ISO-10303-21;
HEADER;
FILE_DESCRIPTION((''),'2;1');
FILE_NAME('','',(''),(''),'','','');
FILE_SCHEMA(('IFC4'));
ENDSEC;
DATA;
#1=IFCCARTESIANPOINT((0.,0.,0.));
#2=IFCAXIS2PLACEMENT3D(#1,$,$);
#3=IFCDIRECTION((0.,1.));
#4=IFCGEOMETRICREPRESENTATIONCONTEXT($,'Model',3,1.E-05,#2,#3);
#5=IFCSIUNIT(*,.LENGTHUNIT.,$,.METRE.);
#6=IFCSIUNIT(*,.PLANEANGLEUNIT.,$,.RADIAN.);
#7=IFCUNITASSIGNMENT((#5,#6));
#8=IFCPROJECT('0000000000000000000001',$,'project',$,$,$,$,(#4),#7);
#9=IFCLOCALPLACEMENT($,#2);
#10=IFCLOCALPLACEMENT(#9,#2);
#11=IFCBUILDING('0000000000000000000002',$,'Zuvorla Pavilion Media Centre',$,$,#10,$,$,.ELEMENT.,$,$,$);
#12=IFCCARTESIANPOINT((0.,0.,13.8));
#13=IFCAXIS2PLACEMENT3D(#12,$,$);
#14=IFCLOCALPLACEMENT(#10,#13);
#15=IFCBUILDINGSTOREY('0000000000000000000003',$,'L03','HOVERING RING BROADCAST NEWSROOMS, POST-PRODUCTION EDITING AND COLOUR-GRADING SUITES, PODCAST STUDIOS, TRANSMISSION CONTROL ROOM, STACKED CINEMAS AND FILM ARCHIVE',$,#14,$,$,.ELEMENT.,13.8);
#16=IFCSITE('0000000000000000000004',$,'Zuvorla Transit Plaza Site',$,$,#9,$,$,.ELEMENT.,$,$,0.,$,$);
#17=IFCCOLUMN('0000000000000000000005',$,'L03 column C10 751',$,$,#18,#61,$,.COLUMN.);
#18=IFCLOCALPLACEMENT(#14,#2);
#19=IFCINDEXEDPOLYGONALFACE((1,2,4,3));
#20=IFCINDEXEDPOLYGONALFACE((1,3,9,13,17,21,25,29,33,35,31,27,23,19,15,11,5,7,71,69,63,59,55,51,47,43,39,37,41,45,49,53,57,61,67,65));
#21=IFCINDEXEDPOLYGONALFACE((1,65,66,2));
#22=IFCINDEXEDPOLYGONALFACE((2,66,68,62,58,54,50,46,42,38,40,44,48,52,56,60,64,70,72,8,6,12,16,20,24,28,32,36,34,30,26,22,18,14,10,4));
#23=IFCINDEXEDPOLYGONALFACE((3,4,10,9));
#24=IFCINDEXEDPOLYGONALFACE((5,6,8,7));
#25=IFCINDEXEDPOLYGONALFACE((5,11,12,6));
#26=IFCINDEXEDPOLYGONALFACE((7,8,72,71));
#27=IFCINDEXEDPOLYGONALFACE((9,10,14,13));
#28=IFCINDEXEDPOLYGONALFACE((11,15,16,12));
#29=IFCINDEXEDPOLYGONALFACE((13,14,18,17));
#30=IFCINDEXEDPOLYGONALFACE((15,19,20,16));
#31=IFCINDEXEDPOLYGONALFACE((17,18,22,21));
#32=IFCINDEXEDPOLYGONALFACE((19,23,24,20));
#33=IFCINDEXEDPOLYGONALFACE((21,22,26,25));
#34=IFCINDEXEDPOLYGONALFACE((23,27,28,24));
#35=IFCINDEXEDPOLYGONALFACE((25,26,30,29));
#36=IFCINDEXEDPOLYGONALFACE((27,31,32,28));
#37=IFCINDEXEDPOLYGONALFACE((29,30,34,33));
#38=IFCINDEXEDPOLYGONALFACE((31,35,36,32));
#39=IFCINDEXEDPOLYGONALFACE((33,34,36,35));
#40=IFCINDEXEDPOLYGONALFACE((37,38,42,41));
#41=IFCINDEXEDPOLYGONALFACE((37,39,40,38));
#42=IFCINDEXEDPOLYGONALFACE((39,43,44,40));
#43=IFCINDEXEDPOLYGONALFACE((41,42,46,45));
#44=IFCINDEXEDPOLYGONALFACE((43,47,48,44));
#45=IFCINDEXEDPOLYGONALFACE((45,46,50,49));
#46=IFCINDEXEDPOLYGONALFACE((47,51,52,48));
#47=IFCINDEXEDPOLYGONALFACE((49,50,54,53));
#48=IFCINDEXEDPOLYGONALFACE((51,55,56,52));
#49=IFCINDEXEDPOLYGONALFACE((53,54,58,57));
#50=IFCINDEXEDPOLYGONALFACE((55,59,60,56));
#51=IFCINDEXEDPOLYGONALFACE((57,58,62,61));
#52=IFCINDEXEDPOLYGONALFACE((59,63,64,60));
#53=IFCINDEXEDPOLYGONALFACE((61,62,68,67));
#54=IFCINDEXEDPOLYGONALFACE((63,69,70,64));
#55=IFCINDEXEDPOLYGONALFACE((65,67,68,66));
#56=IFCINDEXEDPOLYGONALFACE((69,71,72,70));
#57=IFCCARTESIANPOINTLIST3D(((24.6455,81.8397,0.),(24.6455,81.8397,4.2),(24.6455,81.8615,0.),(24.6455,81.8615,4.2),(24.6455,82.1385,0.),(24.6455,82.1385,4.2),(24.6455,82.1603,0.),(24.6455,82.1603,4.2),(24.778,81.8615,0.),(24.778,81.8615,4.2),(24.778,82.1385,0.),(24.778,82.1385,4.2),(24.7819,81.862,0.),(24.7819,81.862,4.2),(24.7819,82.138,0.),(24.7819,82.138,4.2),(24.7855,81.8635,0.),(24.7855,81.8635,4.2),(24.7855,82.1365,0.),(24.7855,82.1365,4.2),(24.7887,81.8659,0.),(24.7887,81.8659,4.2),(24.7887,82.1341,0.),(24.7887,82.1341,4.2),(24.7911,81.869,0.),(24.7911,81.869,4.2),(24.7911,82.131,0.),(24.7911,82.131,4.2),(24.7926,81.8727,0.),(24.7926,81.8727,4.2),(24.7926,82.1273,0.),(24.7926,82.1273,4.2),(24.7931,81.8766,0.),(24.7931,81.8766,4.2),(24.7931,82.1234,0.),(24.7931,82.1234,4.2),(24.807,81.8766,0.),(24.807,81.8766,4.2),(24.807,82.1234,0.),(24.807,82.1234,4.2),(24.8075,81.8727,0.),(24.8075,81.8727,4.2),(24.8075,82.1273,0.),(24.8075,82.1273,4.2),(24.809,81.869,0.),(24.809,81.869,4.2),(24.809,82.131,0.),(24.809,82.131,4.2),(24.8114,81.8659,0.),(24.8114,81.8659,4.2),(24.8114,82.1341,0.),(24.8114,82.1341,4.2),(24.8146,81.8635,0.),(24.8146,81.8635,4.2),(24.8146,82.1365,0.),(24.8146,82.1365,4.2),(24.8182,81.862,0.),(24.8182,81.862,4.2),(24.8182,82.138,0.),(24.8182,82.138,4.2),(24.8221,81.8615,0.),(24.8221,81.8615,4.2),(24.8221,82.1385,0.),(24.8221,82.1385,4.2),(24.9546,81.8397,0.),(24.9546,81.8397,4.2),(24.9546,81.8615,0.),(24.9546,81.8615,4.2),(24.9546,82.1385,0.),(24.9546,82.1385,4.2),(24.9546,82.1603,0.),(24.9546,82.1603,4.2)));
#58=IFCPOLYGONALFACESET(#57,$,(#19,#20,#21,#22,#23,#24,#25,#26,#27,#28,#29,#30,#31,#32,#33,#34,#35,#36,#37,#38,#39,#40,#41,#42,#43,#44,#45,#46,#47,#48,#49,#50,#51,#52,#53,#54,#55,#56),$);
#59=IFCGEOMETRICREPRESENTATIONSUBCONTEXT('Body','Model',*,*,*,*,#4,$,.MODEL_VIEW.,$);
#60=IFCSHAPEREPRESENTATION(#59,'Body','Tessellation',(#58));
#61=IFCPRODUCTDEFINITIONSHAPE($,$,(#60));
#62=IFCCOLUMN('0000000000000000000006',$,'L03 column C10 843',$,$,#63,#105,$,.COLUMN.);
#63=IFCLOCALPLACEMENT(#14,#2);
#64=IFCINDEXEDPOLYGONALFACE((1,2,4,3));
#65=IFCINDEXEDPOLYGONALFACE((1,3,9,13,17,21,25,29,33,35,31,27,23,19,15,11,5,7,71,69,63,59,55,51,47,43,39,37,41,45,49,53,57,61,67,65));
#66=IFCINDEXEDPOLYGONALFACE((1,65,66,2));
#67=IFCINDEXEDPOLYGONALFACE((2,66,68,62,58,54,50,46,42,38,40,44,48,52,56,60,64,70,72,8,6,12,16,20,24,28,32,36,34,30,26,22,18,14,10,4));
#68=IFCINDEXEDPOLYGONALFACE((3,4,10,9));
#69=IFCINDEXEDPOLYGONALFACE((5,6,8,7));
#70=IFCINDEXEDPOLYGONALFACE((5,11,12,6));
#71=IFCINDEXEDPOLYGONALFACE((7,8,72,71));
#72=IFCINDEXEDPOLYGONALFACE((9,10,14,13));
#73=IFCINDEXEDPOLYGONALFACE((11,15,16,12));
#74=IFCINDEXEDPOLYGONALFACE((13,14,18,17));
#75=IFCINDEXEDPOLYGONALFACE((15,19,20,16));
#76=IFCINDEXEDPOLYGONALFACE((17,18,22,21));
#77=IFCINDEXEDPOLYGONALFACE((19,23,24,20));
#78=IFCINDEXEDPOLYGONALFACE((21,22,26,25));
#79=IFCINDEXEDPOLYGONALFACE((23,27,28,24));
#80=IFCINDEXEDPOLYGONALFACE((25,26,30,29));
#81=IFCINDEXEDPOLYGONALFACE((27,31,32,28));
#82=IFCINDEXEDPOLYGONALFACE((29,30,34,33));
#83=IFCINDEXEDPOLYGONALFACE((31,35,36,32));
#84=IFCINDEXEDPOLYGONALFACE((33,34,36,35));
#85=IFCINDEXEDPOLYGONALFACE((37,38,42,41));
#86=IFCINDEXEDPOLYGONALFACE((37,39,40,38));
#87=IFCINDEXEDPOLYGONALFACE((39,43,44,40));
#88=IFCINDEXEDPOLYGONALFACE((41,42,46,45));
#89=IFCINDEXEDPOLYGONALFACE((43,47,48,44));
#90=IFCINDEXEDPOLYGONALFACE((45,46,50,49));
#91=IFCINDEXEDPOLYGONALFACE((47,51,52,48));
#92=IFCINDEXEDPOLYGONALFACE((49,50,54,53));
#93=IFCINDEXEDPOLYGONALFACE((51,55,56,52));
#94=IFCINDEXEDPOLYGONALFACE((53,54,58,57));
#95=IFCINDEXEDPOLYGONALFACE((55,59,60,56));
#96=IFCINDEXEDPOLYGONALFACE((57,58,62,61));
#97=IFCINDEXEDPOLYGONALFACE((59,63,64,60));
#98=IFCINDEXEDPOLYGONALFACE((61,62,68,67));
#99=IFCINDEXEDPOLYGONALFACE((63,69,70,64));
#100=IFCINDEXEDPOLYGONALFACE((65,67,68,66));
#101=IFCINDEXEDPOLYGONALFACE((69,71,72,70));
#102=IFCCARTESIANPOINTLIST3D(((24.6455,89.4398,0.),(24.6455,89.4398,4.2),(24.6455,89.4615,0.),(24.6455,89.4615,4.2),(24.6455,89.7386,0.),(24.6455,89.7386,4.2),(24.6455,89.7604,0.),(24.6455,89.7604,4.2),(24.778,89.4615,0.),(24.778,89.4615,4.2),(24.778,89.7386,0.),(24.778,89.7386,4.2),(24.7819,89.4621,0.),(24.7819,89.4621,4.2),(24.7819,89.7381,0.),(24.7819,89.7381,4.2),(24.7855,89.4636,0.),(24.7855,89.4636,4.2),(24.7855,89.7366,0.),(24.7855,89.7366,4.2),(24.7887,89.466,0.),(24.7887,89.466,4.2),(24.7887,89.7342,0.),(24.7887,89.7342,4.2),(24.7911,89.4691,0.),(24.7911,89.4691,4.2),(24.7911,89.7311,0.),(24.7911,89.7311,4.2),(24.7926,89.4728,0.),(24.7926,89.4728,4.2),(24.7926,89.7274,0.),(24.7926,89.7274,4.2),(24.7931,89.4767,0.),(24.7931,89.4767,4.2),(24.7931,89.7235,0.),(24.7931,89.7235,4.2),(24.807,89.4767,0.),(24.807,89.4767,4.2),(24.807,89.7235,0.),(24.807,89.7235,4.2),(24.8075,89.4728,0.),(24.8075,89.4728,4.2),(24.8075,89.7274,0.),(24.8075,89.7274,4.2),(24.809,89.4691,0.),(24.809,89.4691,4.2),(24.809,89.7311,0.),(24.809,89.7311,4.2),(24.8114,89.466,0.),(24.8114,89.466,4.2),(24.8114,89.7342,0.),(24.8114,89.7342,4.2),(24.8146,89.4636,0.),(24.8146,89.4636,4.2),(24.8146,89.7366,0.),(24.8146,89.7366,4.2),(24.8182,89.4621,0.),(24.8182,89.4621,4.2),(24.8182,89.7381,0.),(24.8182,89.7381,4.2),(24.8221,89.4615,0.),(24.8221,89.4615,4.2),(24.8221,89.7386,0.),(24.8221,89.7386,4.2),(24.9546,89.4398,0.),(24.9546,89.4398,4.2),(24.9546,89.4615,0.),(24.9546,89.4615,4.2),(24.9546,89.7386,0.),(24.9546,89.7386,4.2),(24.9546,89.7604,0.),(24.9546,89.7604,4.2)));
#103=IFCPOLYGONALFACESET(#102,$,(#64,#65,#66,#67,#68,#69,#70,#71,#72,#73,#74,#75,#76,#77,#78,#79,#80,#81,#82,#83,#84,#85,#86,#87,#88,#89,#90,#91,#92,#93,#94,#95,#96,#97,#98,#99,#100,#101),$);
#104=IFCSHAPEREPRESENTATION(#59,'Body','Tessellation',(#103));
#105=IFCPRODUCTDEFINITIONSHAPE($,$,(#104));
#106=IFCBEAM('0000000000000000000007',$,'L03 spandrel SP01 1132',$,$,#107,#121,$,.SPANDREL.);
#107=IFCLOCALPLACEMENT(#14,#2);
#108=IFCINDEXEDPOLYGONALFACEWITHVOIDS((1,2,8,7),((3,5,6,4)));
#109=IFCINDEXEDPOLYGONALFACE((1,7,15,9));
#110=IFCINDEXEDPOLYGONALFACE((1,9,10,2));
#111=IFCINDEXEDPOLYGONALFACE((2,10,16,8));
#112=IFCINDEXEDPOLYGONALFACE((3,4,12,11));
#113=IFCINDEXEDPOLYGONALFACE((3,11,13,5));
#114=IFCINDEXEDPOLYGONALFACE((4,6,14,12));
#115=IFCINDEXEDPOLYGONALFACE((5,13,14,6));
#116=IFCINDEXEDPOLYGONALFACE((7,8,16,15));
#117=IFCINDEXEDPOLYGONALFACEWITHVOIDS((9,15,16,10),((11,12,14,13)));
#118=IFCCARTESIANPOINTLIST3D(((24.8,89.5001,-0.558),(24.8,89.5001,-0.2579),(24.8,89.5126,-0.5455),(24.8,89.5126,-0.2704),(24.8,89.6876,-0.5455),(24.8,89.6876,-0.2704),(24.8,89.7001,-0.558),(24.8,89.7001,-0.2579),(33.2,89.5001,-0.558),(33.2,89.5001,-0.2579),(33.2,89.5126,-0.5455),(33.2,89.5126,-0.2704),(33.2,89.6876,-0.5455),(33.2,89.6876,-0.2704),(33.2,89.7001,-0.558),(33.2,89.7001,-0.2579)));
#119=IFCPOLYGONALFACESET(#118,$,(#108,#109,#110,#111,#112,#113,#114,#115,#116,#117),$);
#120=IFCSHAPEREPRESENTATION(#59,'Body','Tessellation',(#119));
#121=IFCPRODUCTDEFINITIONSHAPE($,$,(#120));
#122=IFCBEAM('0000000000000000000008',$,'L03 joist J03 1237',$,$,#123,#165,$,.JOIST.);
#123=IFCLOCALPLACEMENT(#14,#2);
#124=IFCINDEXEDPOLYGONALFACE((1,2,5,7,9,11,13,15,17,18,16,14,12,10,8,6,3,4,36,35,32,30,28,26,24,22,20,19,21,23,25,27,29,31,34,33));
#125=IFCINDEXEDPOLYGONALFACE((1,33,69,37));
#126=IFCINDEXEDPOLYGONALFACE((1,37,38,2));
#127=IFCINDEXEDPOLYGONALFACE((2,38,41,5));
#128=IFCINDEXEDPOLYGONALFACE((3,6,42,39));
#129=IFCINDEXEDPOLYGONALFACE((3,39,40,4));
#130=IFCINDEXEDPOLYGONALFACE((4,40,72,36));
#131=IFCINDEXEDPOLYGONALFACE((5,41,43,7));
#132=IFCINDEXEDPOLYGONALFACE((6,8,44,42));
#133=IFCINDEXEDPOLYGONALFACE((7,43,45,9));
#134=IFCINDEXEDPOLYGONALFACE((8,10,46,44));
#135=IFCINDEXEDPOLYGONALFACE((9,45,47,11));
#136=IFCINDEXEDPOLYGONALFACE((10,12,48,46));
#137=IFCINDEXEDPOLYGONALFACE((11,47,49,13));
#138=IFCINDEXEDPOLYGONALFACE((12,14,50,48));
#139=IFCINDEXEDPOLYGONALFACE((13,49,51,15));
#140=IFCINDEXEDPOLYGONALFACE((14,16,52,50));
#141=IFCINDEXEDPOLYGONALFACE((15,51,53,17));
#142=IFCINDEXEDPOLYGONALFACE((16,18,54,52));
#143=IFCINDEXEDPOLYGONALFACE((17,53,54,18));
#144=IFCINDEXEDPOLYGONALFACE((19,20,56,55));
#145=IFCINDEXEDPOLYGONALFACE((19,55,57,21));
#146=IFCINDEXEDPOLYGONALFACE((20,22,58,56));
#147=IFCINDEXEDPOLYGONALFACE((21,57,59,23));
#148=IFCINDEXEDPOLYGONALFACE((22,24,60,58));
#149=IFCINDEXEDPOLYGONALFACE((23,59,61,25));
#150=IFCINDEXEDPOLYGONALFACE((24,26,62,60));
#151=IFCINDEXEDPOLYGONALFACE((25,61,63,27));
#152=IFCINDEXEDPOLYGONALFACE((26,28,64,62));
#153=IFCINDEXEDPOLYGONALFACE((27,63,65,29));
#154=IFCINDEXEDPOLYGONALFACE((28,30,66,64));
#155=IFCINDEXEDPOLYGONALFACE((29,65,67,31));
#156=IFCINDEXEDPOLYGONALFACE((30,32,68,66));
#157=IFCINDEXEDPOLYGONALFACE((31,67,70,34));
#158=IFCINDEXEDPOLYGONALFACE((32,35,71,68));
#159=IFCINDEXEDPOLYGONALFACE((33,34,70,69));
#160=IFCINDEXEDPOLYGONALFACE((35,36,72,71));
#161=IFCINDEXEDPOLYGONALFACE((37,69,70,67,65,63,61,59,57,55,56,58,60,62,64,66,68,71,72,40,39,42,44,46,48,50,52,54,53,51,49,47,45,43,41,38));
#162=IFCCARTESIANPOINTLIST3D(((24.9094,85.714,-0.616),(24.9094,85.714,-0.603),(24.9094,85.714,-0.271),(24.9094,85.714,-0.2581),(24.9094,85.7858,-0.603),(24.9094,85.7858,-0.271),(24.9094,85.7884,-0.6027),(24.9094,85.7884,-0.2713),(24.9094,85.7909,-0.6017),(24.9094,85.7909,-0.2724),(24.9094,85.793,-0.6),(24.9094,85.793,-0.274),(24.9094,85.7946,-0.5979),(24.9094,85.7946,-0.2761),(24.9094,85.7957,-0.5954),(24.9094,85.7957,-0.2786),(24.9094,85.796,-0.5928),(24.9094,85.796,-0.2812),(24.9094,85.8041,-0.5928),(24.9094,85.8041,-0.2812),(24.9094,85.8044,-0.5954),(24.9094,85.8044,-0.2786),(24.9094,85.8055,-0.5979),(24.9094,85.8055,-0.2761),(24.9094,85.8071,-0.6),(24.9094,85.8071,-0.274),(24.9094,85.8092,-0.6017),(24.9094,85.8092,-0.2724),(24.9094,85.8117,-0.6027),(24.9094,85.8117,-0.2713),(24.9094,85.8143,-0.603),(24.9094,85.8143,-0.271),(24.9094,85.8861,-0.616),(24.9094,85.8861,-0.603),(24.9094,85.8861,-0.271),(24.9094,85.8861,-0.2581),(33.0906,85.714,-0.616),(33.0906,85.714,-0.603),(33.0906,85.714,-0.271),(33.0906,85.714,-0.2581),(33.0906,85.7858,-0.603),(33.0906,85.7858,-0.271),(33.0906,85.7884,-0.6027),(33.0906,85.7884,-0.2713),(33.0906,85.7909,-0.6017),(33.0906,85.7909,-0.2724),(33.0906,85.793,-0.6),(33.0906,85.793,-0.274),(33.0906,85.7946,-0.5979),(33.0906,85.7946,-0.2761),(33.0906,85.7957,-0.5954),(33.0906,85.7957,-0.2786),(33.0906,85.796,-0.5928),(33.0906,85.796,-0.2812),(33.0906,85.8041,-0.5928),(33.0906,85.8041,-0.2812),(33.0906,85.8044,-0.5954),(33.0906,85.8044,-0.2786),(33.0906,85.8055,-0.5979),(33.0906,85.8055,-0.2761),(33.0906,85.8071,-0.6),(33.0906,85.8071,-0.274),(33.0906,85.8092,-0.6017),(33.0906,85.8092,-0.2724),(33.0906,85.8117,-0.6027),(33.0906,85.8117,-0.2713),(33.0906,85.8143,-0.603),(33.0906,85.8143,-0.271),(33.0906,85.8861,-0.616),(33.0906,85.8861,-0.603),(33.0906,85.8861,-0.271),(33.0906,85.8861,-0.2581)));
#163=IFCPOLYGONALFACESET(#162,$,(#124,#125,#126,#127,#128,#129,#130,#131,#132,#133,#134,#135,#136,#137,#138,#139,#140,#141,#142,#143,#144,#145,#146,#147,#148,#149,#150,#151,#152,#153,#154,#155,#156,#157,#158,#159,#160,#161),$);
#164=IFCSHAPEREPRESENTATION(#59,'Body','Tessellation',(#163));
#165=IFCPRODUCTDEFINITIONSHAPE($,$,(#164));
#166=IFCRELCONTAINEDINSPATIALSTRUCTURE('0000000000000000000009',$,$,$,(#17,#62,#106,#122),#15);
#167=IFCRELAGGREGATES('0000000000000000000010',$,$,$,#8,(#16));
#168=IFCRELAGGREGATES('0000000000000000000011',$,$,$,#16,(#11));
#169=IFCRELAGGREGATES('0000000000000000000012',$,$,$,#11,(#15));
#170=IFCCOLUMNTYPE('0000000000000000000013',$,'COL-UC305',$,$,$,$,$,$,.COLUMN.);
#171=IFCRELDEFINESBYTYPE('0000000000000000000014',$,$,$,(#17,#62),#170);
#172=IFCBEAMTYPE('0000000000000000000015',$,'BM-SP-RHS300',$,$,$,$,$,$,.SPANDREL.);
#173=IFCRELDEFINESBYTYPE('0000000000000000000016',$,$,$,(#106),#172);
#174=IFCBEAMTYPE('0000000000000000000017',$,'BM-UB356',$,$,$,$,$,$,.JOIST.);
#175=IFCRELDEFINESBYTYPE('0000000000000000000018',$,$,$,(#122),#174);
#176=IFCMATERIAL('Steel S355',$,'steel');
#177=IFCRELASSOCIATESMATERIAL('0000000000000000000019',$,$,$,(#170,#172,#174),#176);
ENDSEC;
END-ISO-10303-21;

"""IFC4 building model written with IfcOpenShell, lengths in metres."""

from ifc_helpers import new_model, si_unit, direction, frame, origin, origin_2d, place, context, subcontext, project, spatial, hollow_rectangle, i_section, extrude, material, material_profile, profile_set, type_object, element, save


model = new_model("IFC4")

# Units and contexts
model_context = context("Model", 3, precision=1e-05, world=origin(), true_north=direction((0.0, 1.0)))
body_context = subcontext(model_context, "Body", "Model", "MODEL_VIEW")
ifc_project = project(units=[si_unit("LENGTHUNIT", "METRE"), si_unit("PLANEANGLEUNIT", "RADIAN")], contexts=[model_context])

# Site, building, storey
site_placement = place(None, origin())
site = spatial("IfcSite", under=ifc_project, at=site_placement, Name="Zuvorla Transit Plaza Site", CompositionType="ELEMENT", RefElevation=0.0)
building_placement = place(site_placement, origin())
building = spatial("IfcBuilding", under=site, at=building_placement, Name="Zuvorla Pavilion Media Centre", CompositionType="ELEMENT")
storey_placement = place(building_placement, frame((0.0, 0.0, 13.8)))
storey = spatial("IfcBuildingStorey", under=building, at=storey_placement, Name="L03", Description="HOVERING RING BROADCAST NEWSROOMS, POST-PRODUCTION EDITING AND COLOUR-GRADING SUITES, PODCAST STUDIOS, TRANSMISSION CONTROL ROOM, STACKED CINEMAS AND FILM ARCHIVE", CompositionType="ELEMENT", Elevation=13.8)

# Columns
ifc_material_1 = material(Name="Steel S355", Category="steel")
ifc_material_profile_1 = material_profile(ifc_material_1, i_section(OverallWidth=0.3091, OverallDepth=0.3206, WebThickness=0.0139, FlangeThickness=0.0217, FilletRadius=0.0151, at=origin_2d()), Name="UC 305x305x137")
ifc_profile_set_1 = profile_set([ifc_material_profile_1], Name="Steel S355")
column_type = type_object("IfcColumnType", Name="COL-UC305", PredefinedType="COLUMN", material=ifc_profile_set_1)
for number, where, z_axis, x_axis, name in (
    (1, (24.8, 82.0, 0.0), (0.0, 0.0, 1.0), (1.0, 0.0, 0.0), "L03 column C10 751"),
    (2, (24.8, 89.6001, 0.0), (0.0, 0.0, 1.0), (1.0, 0.0, 0.0), "L03 column C10 843"),
):
    element("IfcColumn", number, at=place(storey_placement, frame(where, z_axis=z_axis, x_axis=x_axis)), inside=storey, type_object=column_type, Name=name, PredefinedType="COLUMN", context=body_context, shape_type="SweptSolid", body=[
        extrude(i_section(OverallWidth=0.3091, OverallDepth=0.3206, WebThickness=0.0139, FlangeThickness=0.0217, FilletRadius=0.0151, at=origin_2d()), origin(), (0.0, 0.0, 1.0), 4.2),
    ])

# Beams
ifc_material_profile_2 = material_profile(ifc_material_1, hollow_rectangle(XDim=0.2, YDim=0.3, WallThickness=0.0125, at=origin_2d()), Name="RHS 300x200x12.5")
ifc_profile_set_2 = profile_set([ifc_material_profile_2], Name="Steel S355")
beam_type_1 = type_object("IfcBeamType", Name="BM-SP-RHS300", PredefinedType="SPANDREL", material=ifc_profile_set_2)
beam_1_placement = place(storey_placement, frame((24.8, 89.6001, -0.408), z_axis=(1.0, 0.0, 0.0), x_axis=(0.0, 1.0, 0.0)))
element("IfcBeam", 3, at=beam_1_placement, inside=storey, type_object=beam_type_1, Name="L03 spandrel SP01 1132", PredefinedType="SPANDREL", context=body_context, shape_type="SweptSolid", body=[
    extrude(hollow_rectangle(XDim=0.2, YDim=0.3, WallThickness=0.0125, at=origin_2d()), origin(), (0.0, 0.0, 1.0), 8.3999),
])
ifc_material_profile_3 = material_profile(ifc_material_1, i_section(OverallWidth=0.1721, OverallDepth=0.3579, WebThickness=0.0081, FlangeThickness=0.0129, FilletRadius=0.0103, at=origin_2d()), Name="UB 356x171x57")
ifc_profile_set_3 = profile_set([ifc_material_profile_3], Name="Steel S355")
beam_type_2 = type_object("IfcBeamType", Name="BM-UB356", PredefinedType="JOIST", material=ifc_profile_set_3)
beam_2_placement = place(storey_placement, frame((24.9094, 85.8, -0.437), z_axis=(1.0, 0.0, 0.0), x_axis=(0.0, 1.0, 0.0)))
element("IfcBeam", 4, at=beam_2_placement, inside=storey, type_object=beam_type_2, Name="L03 joist J03 1237", PredefinedType="JOIST", context=body_context, shape_type="SweptSolid", body=[
    extrude(i_section(OverallWidth=0.1721, OverallDepth=0.3579, WebThickness=0.0081, FlangeThickness=0.0129, FilletRadius=0.0103, at=origin_2d()), origin(), (0.0, 0.0, 1.0), 8.1812),
])

save(model, "model.ifc")
